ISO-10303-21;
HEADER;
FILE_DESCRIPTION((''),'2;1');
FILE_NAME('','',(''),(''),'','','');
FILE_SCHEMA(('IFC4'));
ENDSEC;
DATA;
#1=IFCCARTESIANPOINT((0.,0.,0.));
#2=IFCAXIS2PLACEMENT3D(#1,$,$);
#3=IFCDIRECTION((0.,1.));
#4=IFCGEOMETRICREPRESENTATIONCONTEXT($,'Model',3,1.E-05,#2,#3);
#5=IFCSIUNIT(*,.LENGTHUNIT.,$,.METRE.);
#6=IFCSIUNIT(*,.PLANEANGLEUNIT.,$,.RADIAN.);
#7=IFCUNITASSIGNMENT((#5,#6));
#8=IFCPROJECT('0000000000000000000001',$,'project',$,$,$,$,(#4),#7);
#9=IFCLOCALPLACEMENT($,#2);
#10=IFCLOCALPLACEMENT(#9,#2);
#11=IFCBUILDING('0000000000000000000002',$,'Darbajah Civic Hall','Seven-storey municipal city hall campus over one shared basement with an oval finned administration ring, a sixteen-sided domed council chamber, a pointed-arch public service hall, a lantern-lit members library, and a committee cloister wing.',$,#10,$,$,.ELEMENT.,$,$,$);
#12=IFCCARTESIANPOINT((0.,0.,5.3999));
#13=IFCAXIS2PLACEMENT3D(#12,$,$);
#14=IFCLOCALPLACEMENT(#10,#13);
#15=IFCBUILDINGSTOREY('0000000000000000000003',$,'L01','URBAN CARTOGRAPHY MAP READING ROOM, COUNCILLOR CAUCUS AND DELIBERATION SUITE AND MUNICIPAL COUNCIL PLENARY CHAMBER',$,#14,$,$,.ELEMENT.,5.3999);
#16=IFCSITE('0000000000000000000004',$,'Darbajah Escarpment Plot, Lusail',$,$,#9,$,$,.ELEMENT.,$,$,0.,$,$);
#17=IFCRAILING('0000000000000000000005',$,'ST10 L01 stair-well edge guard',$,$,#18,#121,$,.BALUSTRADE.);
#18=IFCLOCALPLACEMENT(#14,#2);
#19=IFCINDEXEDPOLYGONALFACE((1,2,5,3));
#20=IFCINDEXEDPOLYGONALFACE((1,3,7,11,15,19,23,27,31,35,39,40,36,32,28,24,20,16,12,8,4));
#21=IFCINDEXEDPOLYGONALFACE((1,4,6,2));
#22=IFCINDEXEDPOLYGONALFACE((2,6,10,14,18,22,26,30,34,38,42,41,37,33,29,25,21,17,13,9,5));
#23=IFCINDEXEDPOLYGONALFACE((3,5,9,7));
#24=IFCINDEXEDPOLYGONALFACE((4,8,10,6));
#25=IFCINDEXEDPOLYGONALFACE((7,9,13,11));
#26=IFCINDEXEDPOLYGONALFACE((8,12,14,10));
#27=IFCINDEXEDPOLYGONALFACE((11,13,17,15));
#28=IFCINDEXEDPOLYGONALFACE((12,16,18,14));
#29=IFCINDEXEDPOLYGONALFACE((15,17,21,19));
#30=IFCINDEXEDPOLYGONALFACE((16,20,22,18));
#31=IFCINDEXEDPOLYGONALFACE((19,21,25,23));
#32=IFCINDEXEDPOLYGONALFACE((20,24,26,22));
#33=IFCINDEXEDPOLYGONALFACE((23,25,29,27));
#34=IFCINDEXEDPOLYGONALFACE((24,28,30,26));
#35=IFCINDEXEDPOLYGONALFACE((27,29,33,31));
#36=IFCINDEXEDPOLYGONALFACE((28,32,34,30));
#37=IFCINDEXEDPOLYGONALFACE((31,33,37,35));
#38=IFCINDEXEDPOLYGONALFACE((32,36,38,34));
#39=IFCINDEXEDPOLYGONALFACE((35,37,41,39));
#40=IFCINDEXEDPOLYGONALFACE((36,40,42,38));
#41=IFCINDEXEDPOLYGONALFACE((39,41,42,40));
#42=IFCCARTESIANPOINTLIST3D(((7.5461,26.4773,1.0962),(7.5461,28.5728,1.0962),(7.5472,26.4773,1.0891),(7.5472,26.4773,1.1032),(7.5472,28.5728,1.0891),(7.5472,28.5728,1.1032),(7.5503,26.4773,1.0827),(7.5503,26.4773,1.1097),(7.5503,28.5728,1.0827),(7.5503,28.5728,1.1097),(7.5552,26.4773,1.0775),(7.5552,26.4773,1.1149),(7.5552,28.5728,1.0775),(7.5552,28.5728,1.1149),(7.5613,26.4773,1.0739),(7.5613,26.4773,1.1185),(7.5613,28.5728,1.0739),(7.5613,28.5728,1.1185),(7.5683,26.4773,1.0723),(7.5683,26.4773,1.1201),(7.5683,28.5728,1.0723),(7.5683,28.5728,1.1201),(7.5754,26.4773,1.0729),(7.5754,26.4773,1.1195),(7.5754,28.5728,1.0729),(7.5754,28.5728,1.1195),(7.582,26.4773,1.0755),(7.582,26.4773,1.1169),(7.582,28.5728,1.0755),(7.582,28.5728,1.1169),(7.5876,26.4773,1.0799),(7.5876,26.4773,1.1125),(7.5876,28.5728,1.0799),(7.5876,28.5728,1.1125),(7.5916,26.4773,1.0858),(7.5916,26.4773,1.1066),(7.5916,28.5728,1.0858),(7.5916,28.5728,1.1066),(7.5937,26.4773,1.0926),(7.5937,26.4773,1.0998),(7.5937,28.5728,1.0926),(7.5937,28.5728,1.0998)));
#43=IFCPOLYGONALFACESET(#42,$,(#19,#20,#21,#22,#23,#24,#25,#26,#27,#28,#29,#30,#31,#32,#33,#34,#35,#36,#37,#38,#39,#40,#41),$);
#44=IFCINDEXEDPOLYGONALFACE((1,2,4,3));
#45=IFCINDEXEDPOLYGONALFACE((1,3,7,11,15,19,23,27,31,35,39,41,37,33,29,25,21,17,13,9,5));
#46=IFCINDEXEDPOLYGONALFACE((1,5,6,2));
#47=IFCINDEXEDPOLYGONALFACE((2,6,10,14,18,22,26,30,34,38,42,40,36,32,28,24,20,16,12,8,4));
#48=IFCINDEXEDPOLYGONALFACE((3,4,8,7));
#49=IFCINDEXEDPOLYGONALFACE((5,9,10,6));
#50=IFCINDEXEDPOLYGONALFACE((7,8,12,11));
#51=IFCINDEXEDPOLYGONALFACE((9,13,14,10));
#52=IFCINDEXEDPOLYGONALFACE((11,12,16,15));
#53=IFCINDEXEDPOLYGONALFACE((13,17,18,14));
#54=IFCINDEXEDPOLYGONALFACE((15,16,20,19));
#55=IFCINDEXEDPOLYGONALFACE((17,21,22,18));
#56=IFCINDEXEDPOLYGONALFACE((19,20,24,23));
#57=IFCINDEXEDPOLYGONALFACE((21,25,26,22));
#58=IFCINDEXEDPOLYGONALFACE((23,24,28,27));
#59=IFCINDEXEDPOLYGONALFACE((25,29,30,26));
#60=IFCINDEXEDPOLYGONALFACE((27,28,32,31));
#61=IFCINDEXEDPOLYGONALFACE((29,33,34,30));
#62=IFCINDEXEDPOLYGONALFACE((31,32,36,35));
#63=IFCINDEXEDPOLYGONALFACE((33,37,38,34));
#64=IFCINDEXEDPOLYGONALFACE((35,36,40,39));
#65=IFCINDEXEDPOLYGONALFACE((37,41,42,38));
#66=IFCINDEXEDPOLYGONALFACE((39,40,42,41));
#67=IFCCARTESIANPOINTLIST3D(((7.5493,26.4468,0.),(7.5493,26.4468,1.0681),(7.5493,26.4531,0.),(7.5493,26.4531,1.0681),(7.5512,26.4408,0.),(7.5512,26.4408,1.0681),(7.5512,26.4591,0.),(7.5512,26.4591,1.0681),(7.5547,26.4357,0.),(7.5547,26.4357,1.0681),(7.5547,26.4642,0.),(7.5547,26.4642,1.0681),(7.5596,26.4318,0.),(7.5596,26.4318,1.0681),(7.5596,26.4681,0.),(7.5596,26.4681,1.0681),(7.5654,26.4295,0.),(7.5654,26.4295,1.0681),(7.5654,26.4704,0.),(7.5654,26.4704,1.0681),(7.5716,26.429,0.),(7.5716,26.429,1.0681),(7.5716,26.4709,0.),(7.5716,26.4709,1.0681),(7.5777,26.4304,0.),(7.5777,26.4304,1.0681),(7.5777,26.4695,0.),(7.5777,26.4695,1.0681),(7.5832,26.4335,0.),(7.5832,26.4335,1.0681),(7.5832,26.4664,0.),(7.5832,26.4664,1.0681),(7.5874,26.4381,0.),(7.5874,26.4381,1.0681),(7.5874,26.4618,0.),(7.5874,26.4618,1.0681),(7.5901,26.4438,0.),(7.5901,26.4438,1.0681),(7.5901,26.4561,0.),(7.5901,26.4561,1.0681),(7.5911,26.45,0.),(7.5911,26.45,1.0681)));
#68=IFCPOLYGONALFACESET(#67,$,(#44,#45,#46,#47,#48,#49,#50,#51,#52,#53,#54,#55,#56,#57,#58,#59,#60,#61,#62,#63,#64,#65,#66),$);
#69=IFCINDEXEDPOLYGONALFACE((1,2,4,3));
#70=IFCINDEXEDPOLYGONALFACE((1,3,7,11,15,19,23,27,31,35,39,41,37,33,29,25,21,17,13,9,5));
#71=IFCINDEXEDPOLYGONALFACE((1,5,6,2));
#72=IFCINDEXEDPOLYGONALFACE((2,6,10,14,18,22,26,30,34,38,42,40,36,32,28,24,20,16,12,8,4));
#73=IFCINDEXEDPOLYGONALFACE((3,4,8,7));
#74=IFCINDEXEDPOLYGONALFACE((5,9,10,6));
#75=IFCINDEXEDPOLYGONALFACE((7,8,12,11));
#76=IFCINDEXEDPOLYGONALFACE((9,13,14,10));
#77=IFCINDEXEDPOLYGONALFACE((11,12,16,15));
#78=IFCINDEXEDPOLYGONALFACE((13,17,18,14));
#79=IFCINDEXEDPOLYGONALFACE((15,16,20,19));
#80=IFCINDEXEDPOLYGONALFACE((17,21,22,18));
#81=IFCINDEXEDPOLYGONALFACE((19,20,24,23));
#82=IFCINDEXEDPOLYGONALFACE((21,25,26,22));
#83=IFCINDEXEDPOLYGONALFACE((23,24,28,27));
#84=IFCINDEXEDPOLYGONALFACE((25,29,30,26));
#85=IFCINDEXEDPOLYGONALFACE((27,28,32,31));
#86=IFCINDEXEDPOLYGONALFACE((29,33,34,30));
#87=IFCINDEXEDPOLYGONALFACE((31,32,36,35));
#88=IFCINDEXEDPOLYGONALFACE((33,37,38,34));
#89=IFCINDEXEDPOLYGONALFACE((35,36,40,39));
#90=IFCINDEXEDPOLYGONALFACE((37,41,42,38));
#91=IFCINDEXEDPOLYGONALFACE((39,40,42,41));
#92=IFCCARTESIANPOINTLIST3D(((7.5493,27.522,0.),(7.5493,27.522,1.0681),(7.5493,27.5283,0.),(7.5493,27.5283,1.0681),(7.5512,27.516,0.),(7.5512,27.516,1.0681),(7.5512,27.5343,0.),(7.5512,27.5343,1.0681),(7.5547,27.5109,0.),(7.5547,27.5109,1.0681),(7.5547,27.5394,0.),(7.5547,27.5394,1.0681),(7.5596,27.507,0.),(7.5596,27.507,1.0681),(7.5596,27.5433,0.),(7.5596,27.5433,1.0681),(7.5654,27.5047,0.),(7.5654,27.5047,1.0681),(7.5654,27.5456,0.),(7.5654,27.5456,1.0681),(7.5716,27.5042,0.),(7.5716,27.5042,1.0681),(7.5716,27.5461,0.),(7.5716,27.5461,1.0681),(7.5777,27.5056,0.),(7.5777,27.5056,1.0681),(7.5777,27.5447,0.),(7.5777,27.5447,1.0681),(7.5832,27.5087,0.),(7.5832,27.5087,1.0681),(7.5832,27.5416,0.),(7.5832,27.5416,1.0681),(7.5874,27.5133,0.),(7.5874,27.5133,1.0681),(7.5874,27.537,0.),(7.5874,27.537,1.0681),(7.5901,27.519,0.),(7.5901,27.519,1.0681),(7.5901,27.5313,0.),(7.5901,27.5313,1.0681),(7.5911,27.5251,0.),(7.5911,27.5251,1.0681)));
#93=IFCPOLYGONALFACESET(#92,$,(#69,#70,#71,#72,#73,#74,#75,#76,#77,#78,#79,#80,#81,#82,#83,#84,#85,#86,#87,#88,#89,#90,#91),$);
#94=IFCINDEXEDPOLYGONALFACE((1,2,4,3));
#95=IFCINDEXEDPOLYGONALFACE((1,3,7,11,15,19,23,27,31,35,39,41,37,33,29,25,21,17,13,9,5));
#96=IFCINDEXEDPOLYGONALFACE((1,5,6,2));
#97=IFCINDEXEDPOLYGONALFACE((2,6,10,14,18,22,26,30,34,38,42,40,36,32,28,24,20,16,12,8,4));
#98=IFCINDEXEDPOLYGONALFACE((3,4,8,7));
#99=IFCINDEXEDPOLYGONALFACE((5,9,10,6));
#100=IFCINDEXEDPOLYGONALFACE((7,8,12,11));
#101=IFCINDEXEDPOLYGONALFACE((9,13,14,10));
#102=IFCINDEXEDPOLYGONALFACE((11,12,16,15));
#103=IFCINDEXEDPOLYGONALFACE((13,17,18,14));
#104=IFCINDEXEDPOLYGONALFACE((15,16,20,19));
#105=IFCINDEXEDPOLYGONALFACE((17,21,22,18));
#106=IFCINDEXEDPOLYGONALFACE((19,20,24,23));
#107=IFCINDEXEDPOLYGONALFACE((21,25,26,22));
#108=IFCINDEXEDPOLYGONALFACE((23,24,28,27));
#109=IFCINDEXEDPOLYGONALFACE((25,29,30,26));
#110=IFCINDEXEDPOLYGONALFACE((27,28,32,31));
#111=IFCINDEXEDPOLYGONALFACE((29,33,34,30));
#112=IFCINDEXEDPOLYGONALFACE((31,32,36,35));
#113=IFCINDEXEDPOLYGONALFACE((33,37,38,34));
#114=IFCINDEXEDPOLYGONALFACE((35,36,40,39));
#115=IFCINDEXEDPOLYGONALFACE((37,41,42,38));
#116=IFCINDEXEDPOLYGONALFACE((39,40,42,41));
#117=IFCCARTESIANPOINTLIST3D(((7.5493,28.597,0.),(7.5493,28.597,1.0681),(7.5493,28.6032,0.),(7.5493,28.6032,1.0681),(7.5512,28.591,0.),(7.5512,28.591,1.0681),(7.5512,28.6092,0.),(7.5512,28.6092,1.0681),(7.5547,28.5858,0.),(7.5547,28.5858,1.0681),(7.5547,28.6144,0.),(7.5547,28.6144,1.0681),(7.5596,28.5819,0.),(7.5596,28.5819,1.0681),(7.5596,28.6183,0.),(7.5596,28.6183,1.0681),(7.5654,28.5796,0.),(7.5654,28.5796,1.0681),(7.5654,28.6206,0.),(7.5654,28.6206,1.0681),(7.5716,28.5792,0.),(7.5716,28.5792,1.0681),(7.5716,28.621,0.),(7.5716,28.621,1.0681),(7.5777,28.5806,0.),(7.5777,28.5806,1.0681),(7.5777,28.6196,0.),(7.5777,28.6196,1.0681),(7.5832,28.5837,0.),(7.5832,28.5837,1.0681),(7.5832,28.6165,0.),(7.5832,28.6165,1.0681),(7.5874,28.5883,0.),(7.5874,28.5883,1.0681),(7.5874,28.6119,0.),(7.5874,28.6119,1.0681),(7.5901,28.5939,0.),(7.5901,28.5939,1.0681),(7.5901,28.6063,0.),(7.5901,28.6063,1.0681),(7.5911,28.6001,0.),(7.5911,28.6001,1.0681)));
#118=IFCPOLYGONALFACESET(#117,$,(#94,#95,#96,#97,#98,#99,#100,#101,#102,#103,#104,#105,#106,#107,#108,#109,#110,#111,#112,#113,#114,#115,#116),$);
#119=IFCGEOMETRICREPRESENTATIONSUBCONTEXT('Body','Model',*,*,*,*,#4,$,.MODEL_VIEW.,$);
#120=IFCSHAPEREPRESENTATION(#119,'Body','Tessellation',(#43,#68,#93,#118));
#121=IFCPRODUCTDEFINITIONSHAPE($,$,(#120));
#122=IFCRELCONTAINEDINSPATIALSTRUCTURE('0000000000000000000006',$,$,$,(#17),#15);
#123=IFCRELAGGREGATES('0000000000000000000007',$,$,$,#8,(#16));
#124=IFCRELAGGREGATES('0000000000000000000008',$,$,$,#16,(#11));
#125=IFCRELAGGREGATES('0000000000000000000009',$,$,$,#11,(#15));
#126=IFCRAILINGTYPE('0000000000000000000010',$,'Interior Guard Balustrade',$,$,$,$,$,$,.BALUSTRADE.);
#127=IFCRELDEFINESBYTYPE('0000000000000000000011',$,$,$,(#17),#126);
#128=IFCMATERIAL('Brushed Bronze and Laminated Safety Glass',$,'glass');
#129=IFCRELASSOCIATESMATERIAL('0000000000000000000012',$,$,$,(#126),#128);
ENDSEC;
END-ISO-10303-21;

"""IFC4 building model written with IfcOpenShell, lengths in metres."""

from ifc_helpers import new_model, si_unit, direction, frame, origin, origin_2d, place, context, subcontext, project, spatial, circle, extrude, material, type_object, element, save


model = new_model("IFC4")

# Units and contexts
model_context = context("Model", 3, precision=1e-05, world=origin(), true_north=direction((0.0, 1.0)))
body_context = subcontext(model_context, "Body", "Model", "MODEL_VIEW")
ifc_project = project(units=[si_unit("LENGTHUNIT", "METRE"), si_unit("PLANEANGLEUNIT", "RADIAN")], contexts=[model_context])

# Site, building, storey
site_placement = place(None, origin())
site = spatial("IfcSite", under=ifc_project, at=site_placement, Name="Darbajah Escarpment Plot, Lusail", CompositionType="ELEMENT", RefElevation=0.0)
building_placement = place(site_placement, origin())
building = spatial("IfcBuilding", under=site, at=building_placement, Name="Darbajah Civic Hall", Description="Seven-storey municipal city hall campus over one shared basement with an oval finned administration ring, a sixteen-sided domed council chamber, a pointed-arch public service hall, a lantern-lit members library, and a committee cloister wing.", CompositionType="ELEMENT")
storey_placement = place(building_placement, frame((0.0, 0.0, 5.3999)))
storey = spatial("IfcBuildingStorey", under=building, at=storey_placement, Name="L01", Description="URBAN CARTOGRAPHY MAP READING ROOM, COUNCILLOR CAUCUS AND DELIBERATION SUITE AND MUNICIPAL COUNCIL PLENARY CHAMBER", CompositionType="ELEMENT", Elevation=5.3999)

# Railing
ifc_material_1 = material(Name="Brushed Bronze and Laminated Safety Glass", Category="glass")
railing_type_1 = type_object("IfcRailingType", Name="Interior Guard Balustrade", PredefinedType="BALUSTRADE", material=ifc_material_1)
railing_1_placement = place(storey_placement, frame((7.5701, 26.45, 0.0)))
element("IfcRailing", 1, at=railing_1_placement, inside=storey, type_object=railing_type_1, Name="ST10 L01 stair-well edge guard", PredefinedType="BALUSTRADE", context=body_context, shape_type="SweptSolid", body=[
    extrude(circle(Radius=0.0239, at=origin_2d()), frame((0.0, 0.0273, 1.0962), z_axis=(0.0, 1.0, 0.0), x_axis=(-1.0, 0.0, 0.0)), (0.0, 0.0, 1.0), 2.0955),
    extrude(circle(Radius=0.021, at=origin_2d()), origin(), (0.0, 0.0, 1.0), 1.0681),
    extrude(circle(Radius=0.021, at=origin_2d()), frame((0.0, 1.0752, 0.0)), (0.0, 0.0, 1.0), 1.0681),
    extrude(circle(Radius=0.021, at=origin_2d()), frame((0.0, 2.1501, 0.0)), (0.0, 0.0, 1.0), 1.0681),
])

save(model, "model.ifc")
